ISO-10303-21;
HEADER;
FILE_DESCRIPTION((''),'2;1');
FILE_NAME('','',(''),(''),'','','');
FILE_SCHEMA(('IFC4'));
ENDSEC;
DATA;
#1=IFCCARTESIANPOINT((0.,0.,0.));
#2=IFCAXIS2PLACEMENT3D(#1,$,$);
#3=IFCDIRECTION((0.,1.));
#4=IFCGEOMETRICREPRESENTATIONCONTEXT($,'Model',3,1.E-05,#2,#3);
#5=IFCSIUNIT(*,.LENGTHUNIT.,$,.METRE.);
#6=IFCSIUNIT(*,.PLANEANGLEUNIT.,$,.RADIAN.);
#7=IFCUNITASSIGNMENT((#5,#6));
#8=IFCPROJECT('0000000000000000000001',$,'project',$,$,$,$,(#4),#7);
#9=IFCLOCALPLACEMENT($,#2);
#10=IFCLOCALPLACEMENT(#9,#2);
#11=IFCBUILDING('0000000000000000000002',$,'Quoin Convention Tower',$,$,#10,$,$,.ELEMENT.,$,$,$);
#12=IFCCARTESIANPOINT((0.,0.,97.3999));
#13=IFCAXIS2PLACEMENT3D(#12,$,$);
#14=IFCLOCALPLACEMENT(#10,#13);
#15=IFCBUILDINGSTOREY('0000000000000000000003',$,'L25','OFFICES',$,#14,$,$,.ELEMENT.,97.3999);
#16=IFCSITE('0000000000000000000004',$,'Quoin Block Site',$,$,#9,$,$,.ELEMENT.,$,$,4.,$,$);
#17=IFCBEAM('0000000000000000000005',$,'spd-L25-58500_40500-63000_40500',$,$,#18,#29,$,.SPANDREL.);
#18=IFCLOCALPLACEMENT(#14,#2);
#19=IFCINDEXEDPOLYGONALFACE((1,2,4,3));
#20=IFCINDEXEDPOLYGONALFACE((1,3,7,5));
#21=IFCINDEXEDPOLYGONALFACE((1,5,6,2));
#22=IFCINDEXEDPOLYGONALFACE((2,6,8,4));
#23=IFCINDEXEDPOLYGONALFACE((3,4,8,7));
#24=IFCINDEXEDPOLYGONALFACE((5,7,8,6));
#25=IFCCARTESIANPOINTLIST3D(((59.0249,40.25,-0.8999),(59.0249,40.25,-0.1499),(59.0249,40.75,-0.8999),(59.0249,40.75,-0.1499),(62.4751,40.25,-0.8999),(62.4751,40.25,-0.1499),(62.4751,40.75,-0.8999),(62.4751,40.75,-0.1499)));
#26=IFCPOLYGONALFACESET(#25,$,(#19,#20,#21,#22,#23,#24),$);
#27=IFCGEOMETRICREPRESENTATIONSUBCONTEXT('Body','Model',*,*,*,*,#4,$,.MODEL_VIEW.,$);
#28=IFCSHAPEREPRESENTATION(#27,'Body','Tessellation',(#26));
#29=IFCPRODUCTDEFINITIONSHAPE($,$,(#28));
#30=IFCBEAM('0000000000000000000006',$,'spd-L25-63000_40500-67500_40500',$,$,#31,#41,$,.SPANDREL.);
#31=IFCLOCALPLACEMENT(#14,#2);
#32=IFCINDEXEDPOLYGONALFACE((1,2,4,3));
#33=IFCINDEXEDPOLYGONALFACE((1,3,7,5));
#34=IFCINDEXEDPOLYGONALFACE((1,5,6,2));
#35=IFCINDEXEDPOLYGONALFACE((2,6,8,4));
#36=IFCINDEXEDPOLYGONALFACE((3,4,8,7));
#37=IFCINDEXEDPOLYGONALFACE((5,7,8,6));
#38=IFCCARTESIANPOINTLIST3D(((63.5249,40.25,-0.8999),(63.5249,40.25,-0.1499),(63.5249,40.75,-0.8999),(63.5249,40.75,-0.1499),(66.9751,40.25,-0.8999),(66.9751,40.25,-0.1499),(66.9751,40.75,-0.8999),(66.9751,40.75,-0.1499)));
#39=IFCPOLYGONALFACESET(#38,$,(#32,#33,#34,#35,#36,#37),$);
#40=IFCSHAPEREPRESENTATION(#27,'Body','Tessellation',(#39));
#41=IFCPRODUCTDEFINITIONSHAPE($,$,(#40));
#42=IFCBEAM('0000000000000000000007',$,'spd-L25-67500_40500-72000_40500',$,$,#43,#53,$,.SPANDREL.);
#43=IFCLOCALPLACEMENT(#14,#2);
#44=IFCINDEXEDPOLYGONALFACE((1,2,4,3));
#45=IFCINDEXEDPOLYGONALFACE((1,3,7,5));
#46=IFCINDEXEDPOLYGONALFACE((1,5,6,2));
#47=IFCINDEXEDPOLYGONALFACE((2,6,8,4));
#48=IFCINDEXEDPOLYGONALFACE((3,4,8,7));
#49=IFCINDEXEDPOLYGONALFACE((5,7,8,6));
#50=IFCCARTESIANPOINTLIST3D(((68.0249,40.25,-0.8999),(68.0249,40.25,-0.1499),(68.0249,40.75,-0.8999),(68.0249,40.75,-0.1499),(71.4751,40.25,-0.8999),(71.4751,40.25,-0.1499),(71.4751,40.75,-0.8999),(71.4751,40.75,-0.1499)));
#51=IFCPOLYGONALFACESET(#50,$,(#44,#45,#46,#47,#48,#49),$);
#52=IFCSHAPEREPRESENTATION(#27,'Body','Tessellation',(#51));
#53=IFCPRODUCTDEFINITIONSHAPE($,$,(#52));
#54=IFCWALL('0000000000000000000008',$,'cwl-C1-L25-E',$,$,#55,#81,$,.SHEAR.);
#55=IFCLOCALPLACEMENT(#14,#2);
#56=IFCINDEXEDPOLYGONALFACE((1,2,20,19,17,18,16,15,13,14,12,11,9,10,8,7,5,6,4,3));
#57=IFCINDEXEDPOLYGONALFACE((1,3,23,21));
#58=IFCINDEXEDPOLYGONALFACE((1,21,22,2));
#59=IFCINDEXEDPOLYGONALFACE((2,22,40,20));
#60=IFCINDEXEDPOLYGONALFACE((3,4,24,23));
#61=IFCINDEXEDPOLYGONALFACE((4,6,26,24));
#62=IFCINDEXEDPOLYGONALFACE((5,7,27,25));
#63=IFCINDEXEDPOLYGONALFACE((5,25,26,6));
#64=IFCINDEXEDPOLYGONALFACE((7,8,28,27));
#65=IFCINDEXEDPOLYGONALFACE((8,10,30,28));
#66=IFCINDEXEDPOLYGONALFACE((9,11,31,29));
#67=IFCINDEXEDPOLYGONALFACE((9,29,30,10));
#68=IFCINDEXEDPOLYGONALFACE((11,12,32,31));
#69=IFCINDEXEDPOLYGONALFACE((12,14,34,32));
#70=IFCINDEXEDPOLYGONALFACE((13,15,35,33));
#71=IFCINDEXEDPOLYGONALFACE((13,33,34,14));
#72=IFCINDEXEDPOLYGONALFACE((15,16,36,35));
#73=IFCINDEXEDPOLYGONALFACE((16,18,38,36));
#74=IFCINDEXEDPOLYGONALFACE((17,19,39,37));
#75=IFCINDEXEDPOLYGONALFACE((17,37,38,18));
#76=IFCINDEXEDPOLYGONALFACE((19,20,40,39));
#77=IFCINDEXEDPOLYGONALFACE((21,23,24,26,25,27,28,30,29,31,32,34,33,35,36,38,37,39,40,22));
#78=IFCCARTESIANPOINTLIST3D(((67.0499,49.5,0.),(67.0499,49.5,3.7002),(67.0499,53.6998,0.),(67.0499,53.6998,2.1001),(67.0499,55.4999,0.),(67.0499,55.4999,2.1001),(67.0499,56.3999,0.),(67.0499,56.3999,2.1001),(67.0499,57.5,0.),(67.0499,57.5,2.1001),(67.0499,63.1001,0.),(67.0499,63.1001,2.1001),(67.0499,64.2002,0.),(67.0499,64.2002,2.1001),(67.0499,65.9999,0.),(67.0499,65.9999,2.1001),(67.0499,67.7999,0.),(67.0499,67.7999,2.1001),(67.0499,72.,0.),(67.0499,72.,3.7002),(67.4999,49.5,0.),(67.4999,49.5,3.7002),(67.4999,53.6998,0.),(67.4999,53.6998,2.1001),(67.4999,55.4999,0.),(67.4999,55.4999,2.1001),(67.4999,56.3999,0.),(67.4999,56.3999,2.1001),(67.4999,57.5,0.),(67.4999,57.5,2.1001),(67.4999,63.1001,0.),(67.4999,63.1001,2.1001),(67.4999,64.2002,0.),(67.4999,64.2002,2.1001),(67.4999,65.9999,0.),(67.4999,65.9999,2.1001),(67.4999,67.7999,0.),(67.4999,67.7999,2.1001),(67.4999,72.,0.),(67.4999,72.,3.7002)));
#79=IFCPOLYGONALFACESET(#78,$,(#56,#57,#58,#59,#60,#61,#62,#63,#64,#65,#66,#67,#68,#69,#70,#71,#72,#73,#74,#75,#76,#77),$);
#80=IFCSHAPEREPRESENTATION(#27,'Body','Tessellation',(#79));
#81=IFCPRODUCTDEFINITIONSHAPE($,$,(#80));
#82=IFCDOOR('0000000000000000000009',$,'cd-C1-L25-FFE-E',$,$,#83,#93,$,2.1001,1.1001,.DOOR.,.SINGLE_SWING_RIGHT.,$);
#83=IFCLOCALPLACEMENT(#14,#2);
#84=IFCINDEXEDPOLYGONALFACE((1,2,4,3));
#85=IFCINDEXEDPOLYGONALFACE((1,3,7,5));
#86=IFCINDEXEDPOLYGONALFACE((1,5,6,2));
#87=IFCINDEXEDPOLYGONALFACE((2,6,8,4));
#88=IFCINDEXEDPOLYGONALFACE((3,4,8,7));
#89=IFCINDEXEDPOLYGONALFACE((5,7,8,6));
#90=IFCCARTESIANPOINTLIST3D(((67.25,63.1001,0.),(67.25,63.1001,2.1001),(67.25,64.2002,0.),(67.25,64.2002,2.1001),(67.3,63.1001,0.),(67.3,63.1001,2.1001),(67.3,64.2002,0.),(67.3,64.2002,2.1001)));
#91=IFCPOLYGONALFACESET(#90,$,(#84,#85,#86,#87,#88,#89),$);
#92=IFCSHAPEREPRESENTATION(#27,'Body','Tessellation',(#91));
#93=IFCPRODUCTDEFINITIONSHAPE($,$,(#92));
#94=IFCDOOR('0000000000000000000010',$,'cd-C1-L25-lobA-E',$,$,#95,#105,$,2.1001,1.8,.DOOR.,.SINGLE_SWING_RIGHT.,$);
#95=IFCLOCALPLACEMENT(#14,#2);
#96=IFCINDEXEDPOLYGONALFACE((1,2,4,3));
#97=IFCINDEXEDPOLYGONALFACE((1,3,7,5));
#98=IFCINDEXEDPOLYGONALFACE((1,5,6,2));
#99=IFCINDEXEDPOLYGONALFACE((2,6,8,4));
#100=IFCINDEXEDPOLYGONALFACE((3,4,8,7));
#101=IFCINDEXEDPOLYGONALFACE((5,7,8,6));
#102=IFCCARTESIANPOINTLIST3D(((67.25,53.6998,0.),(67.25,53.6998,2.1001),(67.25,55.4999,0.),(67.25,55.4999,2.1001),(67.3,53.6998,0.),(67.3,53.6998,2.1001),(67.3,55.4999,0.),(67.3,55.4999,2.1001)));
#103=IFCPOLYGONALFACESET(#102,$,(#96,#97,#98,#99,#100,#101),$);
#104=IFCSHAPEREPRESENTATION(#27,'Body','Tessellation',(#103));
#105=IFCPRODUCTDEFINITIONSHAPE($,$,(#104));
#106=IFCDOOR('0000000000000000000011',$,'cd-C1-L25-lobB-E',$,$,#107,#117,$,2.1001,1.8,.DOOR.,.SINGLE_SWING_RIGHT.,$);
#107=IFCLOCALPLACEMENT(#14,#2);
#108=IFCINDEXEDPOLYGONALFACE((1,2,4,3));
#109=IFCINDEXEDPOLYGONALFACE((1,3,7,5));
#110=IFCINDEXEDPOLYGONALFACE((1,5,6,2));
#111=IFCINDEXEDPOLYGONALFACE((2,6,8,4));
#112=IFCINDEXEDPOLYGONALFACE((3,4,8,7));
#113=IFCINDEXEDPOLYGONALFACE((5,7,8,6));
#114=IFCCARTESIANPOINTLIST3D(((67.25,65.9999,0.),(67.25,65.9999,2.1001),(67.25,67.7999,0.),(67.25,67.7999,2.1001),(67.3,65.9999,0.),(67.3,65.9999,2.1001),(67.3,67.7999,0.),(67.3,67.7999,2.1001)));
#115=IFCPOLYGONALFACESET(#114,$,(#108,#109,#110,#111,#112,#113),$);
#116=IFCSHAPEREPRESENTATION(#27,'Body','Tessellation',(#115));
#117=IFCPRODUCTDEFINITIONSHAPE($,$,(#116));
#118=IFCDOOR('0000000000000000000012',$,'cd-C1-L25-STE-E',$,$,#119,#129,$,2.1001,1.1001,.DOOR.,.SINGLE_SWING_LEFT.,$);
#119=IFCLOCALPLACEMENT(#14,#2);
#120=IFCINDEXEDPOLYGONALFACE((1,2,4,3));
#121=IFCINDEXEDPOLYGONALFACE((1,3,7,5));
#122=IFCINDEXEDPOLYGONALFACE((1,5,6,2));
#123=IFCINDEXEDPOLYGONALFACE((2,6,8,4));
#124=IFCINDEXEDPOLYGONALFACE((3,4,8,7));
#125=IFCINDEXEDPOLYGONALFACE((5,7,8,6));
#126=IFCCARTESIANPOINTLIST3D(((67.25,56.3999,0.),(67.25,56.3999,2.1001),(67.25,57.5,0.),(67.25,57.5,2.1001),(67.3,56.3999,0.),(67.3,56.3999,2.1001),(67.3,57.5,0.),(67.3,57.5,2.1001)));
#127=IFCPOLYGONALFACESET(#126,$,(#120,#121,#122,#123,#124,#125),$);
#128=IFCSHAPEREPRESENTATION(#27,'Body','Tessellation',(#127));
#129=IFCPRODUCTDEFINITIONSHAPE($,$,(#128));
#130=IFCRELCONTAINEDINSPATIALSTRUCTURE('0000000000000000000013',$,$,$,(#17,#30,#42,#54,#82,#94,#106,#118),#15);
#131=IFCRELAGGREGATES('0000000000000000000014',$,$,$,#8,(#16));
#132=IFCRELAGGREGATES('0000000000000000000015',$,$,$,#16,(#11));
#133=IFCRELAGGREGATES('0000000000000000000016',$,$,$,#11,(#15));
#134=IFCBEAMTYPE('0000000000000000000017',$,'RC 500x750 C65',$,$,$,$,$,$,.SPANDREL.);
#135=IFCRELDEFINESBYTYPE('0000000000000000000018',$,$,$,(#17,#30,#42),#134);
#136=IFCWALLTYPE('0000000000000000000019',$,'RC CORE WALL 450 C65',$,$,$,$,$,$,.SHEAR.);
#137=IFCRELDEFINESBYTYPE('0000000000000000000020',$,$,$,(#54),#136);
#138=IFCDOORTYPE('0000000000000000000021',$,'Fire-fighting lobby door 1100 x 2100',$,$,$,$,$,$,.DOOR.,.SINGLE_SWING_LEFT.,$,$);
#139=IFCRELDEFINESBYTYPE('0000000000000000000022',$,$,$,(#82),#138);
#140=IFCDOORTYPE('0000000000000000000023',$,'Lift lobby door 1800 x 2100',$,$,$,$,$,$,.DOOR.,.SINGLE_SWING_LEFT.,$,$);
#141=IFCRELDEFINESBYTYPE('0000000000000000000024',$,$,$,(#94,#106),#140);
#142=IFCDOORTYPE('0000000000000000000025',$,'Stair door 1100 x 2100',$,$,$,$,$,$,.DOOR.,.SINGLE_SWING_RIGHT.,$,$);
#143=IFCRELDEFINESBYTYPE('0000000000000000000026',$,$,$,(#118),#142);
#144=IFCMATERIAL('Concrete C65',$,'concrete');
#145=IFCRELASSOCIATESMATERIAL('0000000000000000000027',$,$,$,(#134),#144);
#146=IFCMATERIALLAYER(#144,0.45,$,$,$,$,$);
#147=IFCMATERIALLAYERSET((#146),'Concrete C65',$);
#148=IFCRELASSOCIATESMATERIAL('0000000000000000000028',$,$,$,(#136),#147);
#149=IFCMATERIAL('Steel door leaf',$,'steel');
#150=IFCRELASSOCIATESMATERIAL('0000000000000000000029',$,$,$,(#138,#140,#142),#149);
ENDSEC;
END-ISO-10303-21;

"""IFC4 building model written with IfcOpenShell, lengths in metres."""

from ifc_helpers import new_model, si_unit, direction, frame, frame_2d, origin, origin_2d, place, context, subcontext, project, spatial, rectangle, extrude, material, layer, layer_set, material_profile, profile_set, type_object, element, fill, save


model = new_model("IFC4")

# Units and contexts
model_context = context("Model", 3, precision=1e-05, world=origin(), true_north=direction((0.0, 1.0)))
body_context = subcontext(model_context, "Body", "Model", "MODEL_VIEW")
ifc_project = project(units=[si_unit("LENGTHUNIT", "METRE"), si_unit("PLANEANGLEUNIT", "RADIAN")], contexts=[model_context])

# Site, building, storey
site_placement = place(None, origin())
site = spatial("IfcSite", under=ifc_project, at=site_placement, Name="Quoin Block Site", CompositionType="ELEMENT", RefElevation=4.0)
building_placement = place(site_placement, origin())
building = spatial("IfcBuilding", under=site, at=building_placement, Name="Quoin Convention Tower", CompositionType="ELEMENT")
storey_placement = place(building_placement, frame((0.0, 0.0, 97.3999)))
storey = spatial("IfcBuildingStorey", under=building, at=storey_placement, Name="L25", Description="OFFICES", CompositionType="ELEMENT", Elevation=97.3999)

# Shared definitions
ifc_material_1 = material(Name="Concrete C65", Category="concrete")

# Beams
ifc_material_profile_1 = material_profile(ifc_material_1, rectangle(XDim=0.5, YDim=0.75, at=origin_2d()), Name="RC 500x750")
ifc_profile_set_1 = profile_set([ifc_material_profile_1], Name="Concrete C65")
beam_type_1 = type_object("IfcBeamType", Name="RC 500x750 C65", PredefinedType="SPANDREL", material=ifc_profile_set_1)
for number, where, z_axis, x_axis, name in (
    (1, (59.0249, 40.5, -0.5249), (1.0, 0.0, 0.0), (0.0, 1.0, 0.0), "spd-L25-58500_40500-63000_40500"),
    (2, (63.5249, 40.5, -0.5249), (1.0, 0.0, 0.0), (0.0, 1.0, 0.0), "spd-L25-63000_40500-67500_40500"),
    (3, (68.0249, 40.5, -0.5249), (1.0, 0.0, 0.0), (0.0, 1.0, 0.0), "spd-L25-67500_40500-72000_40500"),
):
    element("IfcBeam", number, at=place(storey_placement, frame(where, z_axis=z_axis, x_axis=x_axis)), inside=storey, type_object=beam_type_1, Name=name, PredefinedType="SPANDREL", context=body_context, shape_type="SweptSolid", body=[
        extrude(rectangle(XDim=0.5, YDim=0.75, at=origin_2d()), origin(), (0.0, 0.0, 1.0), 3.4502),
    ])

# Wall, openings, doors
ifc_layer = layer(ifc_material_1, 0.45)
ifc_layer_set = layer_set([ifc_layer], Name="Concrete C65")
wall_type = type_object("IfcWallType", Name="RC CORE WALL 450 C65", PredefinedType="SHEAR", material=ifc_layer_set)
wall_placement = place(storey_placement, frame((67.2749, 49.5, 0.0), z_axis=(0.0, 0.0, 1.0), x_axis=(0.0, 1.0, 0.0)))
wall = element("IfcWall", 4, at=wall_placement, inside=storey, type_object=wall_type, Name="cwl-C1-L25-E", PredefinedType="SHEAR", context=body_context, shape_type="SweptSolid", body=[
    extrude(rectangle(XDim=22.5, YDim=0.45, at=frame_2d((11.25, 0.0))), origin(), (0.0, 0.0, 1.0), 3.7002),
])
opening_1_placement = place(wall_placement, frame((4.2, 0.0, 0.0)))
opening_1 = element("IfcOpeningElement", 5, at=opening_1_placement, cuts=wall, PredefinedType="OPENING", context=body_context, shape_type="SweptSolid", body=[
    extrude(rectangle(XDim=1.8, YDim=2.1001, at=frame_2d((0.8999, 1.05))), frame((0.0, 0.2349, 0.0), z_axis=(0.0, -1.0, 0.0), x_axis=(1.0, 0.0, 0.0)), (0.0, 0.0, 1.0), 0.47),
])
opening_2_placement = place(wall_placement, frame((6.8999, 0.0, 0.0)))
opening_2 = element("IfcOpeningElement", 6, at=opening_2_placement, cuts=wall, PredefinedType="OPENING", context=body_context, shape_type="SweptSolid", body=[
    extrude(rectangle(XDim=1.1001, YDim=2.1001, at=frame_2d((0.55, 1.05))), frame((0.0, 0.2349, 0.0), z_axis=(0.0, -1.0, 0.0), x_axis=(1.0, 0.0, 0.0)), (0.0, 0.0, 1.0), 0.47),
])
opening_3_placement = place(wall_placement, frame((13.6001, 0.0, 0.0)))
opening_3 = element("IfcOpeningElement", 7, at=opening_3_placement, cuts=wall, PredefinedType="OPENING", context=body_context, shape_type="SweptSolid", body=[
    extrude(rectangle(XDim=1.1001, YDim=2.1001, at=frame_2d((0.55, 1.05))), frame((0.0, 0.2349, 0.0), z_axis=(0.0, -1.0, 0.0), x_axis=(1.0, 0.0, 0.0)), (0.0, 0.0, 1.0), 0.47),
])
opening_4_placement = place(wall_placement, frame((16.5, 0.0, 0.0)))
opening_4 = element("IfcOpeningElement", 8, at=opening_4_placement, cuts=wall, PredefinedType="OPENING", context=body_context, shape_type="SweptSolid", body=[
    extrude(rectangle(XDim=1.8, YDim=2.1001, at=frame_2d((0.8999, 1.05))), frame((0.0, 0.2349, 0.0), z_axis=(0.0, -1.0, 0.0), x_axis=(1.0, 0.0, 0.0)), (0.0, 0.0, 1.0), 0.47),
])
ifc_material_2 = material(Name="Steel door leaf", Category="steel")
door_type_1 = type_object("IfcDoorType", Name="Fire-fighting lobby door 1100 x 2100", OperationType="SINGLE_SWING_LEFT", PredefinedType="DOOR", material=ifc_material_2)
door_1_placement = place(opening_3_placement, origin())
door_1 = element("IfcDoor", 9, at=door_1_placement, inside=storey, type_object=door_type_1, Name="cd-C1-L25-FFE-E", OperationType="SINGLE_SWING_RIGHT", OverallHeight=2.1001, OverallWidth=1.1001, PredefinedType="DOOR", context=body_context, shape_type="SweptSolid", body=[
    extrude(rectangle(XDim=1.1001, YDim=2.1001, at=frame_2d((0.55, 1.05))), frame((0.0, 0.0249, 0.0), z_axis=(0.0, -1.0, 0.0), x_axis=(1.0, 0.0, 0.0)), (0.0, 0.0, 1.0), 0.05),
])
fill(opening_3, door_1)
door_type_2 = type_object("IfcDoorType", Name="Lift lobby door 1800 x 2100", OperationType="SINGLE_SWING_LEFT", PredefinedType="DOOR", material=ifc_material_2)
door_2_placement = place(opening_1_placement, origin())
door_2 = element("IfcDoor", 10, at=door_2_placement, inside=storey, type_object=door_type_2, Name="cd-C1-L25-lobA-E", OperationType="SINGLE_SWING_RIGHT", OverallHeight=2.1001, OverallWidth=1.8, PredefinedType="DOOR", context=body_context, shape_type="SweptSolid", body=[
    extrude(rectangle(XDim=1.8, YDim=2.1001, at=frame_2d((0.8999, 1.05))), frame((0.0, 0.0249, 0.0), z_axis=(0.0, -1.0, 0.0), x_axis=(1.0, 0.0, 0.0)), (0.0, 0.0, 1.0), 0.05),
])
fill(opening_1, door_2)
door_3_placement = place(opening_4_placement, origin())
door_3 = element("IfcDoor", 11, at=door_3_placement, inside=storey, type_object=door_type_2, Name="cd-C1-L25-lobB-E", OperationType="SINGLE_SWING_RIGHT", OverallHeight=2.1001, OverallWidth=1.8, PredefinedType="DOOR", context=body_context, shape_type="SweptSolid", body=[
    extrude(rectangle(XDim=1.8, YDim=2.1001, at=frame_2d((0.8999, 1.05))), frame((0.0, 0.0249, 0.0), z_axis=(0.0, -1.0, 0.0), x_axis=(1.0, 0.0, 0.0)), (0.0, 0.0, 1.0), 0.05),
])
fill(opening_4, door_3)
door_type_3 = type_object("IfcDoorType", Name="Stair door 1100 x 2100", OperationType="SINGLE_SWING_RIGHT", PredefinedType="DOOR", material=ifc_material_2)
door_4_placement = place(opening_2_placement, origin())
door_4 = element("IfcDoor", 12, at=door_4_placement, inside=storey, type_object=door_type_3, Name="cd-C1-L25-STE-E", OperationType="SINGLE_SWING_LEFT", OverallHeight=2.1001, OverallWidth=1.1001, PredefinedType="DOOR", context=body_context, shape_type="SweptSolid", body=[
    extrude(rectangle(XDim=1.1001, YDim=2.1001, at=frame_2d((0.55, 1.05))), frame((0.0, 0.0249, 0.0), z_axis=(0.0, -1.0, 0.0), x_axis=(1.0, 0.0, 0.0)), (0.0, 0.0, 1.0), 0.05),
])
fill(opening_2, door_4)

save(model, "model.ifc")
